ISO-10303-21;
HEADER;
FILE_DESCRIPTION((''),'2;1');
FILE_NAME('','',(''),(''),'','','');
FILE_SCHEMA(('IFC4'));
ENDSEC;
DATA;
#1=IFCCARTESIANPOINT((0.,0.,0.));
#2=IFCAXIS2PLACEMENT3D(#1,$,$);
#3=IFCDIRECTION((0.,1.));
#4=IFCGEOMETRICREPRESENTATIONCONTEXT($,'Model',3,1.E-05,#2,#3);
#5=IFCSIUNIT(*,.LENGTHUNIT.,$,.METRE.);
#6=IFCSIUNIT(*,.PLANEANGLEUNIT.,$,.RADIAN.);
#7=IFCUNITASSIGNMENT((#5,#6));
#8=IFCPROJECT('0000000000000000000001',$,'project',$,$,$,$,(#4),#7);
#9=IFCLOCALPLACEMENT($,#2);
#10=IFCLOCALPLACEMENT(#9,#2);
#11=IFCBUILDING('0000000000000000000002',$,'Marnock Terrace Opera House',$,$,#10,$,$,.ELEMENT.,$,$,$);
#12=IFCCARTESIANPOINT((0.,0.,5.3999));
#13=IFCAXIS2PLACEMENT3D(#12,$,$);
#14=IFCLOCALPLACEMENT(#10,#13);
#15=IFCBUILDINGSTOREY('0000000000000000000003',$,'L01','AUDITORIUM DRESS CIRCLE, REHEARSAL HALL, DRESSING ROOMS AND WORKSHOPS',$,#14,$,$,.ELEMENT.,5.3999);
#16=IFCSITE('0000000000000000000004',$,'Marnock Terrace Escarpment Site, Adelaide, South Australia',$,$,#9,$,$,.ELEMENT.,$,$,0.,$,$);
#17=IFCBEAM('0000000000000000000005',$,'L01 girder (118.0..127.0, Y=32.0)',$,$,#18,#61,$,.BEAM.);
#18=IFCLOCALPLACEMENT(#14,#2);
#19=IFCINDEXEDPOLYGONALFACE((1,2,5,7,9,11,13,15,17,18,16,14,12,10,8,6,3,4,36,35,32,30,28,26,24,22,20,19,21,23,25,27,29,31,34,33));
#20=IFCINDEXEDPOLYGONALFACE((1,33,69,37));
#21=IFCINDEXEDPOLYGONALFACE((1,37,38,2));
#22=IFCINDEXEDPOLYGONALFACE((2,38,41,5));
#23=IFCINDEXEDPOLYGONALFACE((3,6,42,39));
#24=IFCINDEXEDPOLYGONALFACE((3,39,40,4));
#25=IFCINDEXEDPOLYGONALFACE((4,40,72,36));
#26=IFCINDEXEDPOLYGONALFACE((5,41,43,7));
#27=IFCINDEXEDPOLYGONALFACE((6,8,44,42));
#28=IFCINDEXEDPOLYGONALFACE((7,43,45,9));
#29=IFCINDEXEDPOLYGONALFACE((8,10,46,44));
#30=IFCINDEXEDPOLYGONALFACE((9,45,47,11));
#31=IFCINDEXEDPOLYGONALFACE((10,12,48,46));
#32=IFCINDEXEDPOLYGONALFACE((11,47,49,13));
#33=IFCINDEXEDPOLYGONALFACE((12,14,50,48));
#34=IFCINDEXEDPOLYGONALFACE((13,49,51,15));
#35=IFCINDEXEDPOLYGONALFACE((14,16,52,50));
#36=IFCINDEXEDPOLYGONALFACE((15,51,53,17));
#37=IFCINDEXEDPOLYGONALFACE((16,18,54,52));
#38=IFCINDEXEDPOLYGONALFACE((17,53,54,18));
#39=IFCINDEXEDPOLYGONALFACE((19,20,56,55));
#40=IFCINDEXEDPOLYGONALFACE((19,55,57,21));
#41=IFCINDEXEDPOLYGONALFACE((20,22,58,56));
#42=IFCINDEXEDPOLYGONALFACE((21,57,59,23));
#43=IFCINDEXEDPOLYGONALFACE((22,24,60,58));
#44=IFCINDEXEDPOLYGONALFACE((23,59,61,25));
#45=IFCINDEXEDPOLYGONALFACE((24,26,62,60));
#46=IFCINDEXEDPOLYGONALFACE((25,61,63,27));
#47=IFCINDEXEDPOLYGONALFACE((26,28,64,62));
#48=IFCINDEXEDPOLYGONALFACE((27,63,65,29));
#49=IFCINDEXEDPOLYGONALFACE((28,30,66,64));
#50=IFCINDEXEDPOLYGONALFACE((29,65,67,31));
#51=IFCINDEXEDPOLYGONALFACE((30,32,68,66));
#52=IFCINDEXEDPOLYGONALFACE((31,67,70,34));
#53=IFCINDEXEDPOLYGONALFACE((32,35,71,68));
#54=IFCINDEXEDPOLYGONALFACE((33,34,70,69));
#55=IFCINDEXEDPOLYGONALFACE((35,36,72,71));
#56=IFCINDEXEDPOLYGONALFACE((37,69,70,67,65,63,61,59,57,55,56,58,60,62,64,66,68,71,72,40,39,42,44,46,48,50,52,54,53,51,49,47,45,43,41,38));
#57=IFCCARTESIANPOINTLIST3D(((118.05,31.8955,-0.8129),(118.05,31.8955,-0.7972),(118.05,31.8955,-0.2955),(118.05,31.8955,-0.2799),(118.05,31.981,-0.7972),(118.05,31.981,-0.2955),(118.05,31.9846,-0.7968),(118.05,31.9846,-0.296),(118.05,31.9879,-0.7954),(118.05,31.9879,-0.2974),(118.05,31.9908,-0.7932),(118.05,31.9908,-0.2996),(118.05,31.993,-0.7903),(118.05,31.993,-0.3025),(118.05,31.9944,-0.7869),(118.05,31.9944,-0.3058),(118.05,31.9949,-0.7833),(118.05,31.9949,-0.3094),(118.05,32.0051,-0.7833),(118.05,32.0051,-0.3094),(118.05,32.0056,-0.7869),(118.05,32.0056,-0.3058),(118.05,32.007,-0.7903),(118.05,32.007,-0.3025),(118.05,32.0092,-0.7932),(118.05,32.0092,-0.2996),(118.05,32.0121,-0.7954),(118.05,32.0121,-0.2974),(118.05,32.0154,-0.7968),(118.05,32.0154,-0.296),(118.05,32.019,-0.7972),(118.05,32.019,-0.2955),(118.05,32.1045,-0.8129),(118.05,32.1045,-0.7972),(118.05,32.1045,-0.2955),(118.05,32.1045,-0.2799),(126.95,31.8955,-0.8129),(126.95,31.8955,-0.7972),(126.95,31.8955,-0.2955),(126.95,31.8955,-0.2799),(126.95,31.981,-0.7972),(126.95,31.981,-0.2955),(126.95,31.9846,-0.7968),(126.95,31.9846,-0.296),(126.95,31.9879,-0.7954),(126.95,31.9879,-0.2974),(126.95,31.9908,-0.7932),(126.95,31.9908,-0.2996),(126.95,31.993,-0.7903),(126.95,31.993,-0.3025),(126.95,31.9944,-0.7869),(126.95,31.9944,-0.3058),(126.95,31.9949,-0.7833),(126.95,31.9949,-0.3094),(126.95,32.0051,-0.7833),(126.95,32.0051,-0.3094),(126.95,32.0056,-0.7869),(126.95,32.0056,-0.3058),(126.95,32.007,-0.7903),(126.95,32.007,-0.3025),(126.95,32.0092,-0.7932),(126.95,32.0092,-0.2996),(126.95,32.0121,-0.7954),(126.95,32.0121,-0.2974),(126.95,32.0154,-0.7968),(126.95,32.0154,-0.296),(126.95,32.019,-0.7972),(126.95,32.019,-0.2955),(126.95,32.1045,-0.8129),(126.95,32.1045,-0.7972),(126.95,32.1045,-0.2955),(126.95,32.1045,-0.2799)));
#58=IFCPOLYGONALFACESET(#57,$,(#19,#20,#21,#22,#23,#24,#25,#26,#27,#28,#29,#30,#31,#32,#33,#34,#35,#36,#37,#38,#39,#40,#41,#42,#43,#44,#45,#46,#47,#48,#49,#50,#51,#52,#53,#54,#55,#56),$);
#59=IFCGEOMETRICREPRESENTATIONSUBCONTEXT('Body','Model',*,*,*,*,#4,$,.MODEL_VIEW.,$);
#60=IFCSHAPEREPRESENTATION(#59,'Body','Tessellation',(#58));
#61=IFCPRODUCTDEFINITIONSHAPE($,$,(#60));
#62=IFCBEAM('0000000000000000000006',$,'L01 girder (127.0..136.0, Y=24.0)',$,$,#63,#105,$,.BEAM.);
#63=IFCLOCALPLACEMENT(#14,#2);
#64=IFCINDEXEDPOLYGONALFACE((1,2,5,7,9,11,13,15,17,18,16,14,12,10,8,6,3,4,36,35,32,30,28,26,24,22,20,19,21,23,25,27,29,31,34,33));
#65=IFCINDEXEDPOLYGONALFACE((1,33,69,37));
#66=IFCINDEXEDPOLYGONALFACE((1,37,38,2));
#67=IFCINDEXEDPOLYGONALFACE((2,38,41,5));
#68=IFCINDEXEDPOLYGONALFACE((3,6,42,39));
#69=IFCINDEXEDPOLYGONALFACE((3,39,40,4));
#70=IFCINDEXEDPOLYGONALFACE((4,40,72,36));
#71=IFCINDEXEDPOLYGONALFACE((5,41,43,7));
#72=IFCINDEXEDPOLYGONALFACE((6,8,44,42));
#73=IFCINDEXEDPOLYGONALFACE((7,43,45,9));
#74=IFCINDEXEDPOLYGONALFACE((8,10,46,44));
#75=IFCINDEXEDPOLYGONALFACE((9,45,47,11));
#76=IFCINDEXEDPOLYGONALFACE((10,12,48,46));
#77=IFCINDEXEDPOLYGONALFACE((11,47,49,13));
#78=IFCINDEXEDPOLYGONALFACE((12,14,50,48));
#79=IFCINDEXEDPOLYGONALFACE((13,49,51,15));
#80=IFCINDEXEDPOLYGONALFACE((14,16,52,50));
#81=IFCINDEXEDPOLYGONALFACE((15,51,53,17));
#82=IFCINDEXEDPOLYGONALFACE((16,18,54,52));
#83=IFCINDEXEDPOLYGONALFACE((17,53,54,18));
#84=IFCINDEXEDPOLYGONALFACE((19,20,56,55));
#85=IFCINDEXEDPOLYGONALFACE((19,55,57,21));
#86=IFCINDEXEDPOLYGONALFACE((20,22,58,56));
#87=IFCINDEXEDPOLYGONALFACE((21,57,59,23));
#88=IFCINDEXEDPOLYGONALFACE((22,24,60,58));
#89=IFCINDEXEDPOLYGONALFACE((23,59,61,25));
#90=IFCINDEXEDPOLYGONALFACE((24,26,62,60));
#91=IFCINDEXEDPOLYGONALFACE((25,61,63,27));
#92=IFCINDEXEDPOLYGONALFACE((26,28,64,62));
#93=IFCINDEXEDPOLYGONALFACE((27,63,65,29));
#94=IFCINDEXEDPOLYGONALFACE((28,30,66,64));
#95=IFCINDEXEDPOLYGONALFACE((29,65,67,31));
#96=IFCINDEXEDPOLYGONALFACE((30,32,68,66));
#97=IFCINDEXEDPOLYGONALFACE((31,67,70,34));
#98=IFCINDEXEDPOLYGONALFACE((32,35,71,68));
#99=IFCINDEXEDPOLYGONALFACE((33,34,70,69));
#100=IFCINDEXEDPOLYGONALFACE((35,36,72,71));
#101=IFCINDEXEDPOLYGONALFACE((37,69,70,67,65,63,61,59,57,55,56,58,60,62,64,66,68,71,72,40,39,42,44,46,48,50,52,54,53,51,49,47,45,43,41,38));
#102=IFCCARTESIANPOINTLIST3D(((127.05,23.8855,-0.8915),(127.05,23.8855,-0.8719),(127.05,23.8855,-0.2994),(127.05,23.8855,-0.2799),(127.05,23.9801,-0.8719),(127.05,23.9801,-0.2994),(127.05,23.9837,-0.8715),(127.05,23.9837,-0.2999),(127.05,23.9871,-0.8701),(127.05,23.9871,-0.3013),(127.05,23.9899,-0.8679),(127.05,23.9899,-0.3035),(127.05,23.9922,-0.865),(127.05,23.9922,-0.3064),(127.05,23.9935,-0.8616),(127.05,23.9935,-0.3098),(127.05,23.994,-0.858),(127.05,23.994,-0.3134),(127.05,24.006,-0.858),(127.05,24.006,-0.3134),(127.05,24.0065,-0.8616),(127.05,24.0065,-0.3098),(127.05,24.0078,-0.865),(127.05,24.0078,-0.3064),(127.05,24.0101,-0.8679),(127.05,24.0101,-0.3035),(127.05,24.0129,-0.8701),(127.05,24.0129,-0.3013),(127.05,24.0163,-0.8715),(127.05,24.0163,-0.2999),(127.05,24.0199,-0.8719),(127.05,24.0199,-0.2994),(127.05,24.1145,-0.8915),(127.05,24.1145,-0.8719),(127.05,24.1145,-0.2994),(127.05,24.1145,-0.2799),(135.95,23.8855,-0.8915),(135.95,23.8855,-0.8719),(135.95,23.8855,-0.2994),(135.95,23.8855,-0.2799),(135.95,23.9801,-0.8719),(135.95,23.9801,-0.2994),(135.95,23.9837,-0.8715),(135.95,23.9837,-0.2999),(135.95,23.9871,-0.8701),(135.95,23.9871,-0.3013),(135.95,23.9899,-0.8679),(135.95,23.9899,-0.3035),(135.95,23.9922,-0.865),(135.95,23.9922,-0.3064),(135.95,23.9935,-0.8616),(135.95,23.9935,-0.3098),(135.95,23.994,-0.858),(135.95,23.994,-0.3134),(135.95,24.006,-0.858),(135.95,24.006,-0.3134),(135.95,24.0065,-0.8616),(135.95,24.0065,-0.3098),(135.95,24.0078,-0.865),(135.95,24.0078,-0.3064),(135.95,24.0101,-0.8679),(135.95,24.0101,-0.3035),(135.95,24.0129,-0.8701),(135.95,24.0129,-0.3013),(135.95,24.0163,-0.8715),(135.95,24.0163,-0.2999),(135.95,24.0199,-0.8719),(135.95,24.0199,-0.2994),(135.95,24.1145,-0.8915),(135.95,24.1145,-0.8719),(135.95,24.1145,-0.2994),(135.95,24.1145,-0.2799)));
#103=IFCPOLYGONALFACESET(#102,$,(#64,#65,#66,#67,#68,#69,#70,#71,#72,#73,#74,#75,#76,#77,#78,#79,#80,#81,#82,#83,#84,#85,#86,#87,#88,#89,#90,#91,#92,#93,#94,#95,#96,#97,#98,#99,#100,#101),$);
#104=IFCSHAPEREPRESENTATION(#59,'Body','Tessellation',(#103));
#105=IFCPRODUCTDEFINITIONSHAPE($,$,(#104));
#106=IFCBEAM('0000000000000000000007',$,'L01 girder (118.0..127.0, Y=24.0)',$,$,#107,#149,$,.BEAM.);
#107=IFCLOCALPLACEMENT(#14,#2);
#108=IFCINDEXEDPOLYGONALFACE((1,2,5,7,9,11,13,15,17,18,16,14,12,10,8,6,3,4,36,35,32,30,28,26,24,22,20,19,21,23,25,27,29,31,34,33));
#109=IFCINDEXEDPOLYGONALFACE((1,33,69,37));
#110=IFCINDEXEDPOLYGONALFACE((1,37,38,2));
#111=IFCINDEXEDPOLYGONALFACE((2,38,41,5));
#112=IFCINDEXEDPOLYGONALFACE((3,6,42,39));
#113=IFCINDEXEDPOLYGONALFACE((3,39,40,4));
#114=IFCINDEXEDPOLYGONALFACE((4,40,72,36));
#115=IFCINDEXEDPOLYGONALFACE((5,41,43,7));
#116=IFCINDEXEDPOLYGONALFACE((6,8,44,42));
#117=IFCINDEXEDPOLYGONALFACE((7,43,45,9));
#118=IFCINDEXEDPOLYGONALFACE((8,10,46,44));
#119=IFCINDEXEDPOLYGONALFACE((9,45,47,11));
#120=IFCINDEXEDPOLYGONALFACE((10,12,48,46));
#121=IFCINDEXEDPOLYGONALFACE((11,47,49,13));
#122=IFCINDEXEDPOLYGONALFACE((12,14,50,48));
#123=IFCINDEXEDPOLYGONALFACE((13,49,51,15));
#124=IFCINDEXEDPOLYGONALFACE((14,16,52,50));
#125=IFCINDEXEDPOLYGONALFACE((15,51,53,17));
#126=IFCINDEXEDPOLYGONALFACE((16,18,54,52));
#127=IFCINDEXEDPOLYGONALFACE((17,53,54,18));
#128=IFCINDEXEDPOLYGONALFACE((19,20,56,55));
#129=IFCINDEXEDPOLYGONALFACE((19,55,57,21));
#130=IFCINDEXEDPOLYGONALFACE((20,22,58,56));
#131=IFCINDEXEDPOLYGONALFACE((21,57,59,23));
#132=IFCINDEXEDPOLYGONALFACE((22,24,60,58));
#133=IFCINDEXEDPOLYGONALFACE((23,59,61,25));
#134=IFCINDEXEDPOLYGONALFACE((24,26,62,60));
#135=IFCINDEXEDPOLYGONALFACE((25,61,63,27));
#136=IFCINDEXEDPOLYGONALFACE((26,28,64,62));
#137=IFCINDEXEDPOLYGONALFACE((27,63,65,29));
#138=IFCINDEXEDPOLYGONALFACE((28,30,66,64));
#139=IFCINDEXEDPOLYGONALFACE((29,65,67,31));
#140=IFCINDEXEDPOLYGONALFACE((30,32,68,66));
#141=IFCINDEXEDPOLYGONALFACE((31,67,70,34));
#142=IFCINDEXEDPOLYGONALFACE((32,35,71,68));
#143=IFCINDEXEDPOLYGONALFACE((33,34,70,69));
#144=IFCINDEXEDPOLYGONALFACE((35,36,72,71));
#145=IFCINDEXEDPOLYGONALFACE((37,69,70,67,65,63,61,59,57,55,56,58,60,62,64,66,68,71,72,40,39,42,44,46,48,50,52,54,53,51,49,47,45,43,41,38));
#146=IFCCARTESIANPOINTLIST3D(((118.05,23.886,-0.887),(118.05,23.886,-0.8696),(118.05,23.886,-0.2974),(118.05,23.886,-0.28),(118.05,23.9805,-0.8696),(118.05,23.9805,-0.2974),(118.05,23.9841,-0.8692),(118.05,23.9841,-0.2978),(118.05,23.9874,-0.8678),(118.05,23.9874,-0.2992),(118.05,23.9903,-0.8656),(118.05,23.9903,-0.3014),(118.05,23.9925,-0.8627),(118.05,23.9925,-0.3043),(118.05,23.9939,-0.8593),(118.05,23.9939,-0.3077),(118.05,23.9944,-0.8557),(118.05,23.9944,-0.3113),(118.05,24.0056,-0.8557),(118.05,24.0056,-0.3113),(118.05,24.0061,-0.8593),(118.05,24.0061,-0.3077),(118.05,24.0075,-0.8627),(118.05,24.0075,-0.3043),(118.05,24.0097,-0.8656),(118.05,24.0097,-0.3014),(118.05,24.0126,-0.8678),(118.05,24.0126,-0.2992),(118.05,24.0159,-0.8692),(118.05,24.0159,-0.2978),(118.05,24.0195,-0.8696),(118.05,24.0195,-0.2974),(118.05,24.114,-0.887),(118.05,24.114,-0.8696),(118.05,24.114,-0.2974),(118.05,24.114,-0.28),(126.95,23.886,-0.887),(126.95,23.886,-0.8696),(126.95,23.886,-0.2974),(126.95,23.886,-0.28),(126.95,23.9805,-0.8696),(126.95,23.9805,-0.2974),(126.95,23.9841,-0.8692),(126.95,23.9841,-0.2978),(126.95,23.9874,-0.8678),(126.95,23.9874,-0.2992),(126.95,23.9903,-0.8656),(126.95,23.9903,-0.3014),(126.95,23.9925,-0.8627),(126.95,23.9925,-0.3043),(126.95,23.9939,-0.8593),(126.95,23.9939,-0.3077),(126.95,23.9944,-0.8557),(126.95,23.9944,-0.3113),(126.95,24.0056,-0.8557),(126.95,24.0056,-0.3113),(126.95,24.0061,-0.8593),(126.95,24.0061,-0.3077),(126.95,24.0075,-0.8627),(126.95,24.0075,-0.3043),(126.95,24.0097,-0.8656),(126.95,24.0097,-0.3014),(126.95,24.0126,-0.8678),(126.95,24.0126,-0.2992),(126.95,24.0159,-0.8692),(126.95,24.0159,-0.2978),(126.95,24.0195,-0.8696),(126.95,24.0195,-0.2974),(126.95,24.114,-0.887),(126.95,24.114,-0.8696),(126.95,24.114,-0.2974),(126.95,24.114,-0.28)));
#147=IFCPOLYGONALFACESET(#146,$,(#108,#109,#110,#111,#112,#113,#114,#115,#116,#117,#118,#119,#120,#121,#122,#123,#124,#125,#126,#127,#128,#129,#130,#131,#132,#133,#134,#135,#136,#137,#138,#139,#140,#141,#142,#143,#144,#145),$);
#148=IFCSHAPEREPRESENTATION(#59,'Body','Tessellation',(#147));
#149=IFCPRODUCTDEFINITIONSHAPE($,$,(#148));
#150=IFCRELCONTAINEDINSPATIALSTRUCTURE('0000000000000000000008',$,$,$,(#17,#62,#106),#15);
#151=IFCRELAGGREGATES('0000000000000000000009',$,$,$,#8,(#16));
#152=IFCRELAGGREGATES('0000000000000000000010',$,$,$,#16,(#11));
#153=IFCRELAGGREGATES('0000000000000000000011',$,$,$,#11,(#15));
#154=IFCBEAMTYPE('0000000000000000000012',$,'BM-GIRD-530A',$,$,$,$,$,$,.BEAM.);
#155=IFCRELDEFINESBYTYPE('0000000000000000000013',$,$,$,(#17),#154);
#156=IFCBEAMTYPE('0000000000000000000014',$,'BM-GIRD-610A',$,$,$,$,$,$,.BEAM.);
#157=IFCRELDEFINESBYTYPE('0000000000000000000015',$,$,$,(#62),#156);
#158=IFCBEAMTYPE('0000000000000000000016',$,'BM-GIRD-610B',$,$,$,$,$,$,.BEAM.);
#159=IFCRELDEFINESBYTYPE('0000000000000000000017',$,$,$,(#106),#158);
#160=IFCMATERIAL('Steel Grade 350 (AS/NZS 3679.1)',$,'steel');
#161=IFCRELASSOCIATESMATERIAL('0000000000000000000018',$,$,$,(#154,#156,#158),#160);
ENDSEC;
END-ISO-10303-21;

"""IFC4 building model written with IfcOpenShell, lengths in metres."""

from ifc_helpers import new_model, si_unit, direction, frame, origin, origin_2d, place, context, subcontext, project, spatial, i_section, extrude, material, material_profile, profile_set, type_object, element, save


model = new_model("IFC4")

# Units and contexts
model_context = context("Model", 3, precision=1e-05, world=origin(), true_north=direction((0.0, 1.0)))
body_context = subcontext(model_context, "Body", "Model", "MODEL_VIEW")
ifc_project = project(units=[si_unit("LENGTHUNIT", "METRE"), si_unit("PLANEANGLEUNIT", "RADIAN")], contexts=[model_context])

# Site, building, storey
site_placement = place(None, origin())
site = spatial("IfcSite", under=ifc_project, at=site_placement, Name="Marnock Terrace Escarpment Site, Adelaide, South Australia", CompositionType="ELEMENT", RefElevation=0.0)
building_placement = place(site_placement, origin())
building = spatial("IfcBuilding", under=site, at=building_placement, Name="Marnock Terrace Opera House", CompositionType="ELEMENT")
storey_placement = place(building_placement, frame((0.0, 0.0, 5.3999)))
storey = spatial("IfcBuildingStorey", under=building, at=storey_placement, Name="L01", Description="AUDITORIUM DRESS CIRCLE, REHEARSAL HALL, DRESSING ROOMS AND WORKSHOPS", CompositionType="ELEMENT", Elevation=5.3999)

# Beams
ifc_material_1 = material(Name="Steel Grade 350 (AS/NZS 3679.1)", Category="steel")
ifc_material_profile_1 = material_profile(ifc_material_1, i_section(OverallWidth=0.209, OverallDepth=0.533, WebThickness=0.0103, FlangeThickness=0.0156, FilletRadius=0.0139, at=origin_2d()))
ifc_profile_set_1 = profile_set([ifc_material_profile_1], Name="Steel Grade 350 (AS/NZS 3679.1)")
beam_type_1 = type_object("IfcBeamType", Name="BM-GIRD-530A", PredefinedType="BEAM", material=ifc_profile_set_1)
beam_1_placement = place(storey_placement, frame((118.05, 32.0, -0.5464), z_axis=(1.0, 0.0, 0.0), x_axis=(0.0, 1.0, 0.0)))
element("IfcBeam", 1, at=beam_1_placement, inside=storey, type_object=beam_type_1, Name="L01 girder (118.0..127.0, Y=32.0)", PredefinedType="BEAM", context=body_context, shape_type="SweptSolid", body=[
    extrude(i_section(OverallWidth=0.209, OverallDepth=0.533, WebThickness=0.0103, FlangeThickness=0.0156, FilletRadius=0.0139, at=origin_2d()), origin(), (0.0, 0.0, 1.0), 8.8999),
])
ifc_material_profile_2 = material_profile(ifc_material_1, i_section(OverallWidth=0.229, OverallDepth=0.6116, WebThickness=0.012, FlangeThickness=0.0195, FilletRadius=0.0139, at=origin_2d()))
ifc_profile_set_2 = profile_set([ifc_material_profile_2], Name="Steel Grade 350 (AS/NZS 3679.1)")
beam_type_2 = type_object("IfcBeamType", Name="BM-GIRD-610A", PredefinedType="BEAM", material=ifc_profile_set_2)
beam_2_placement = place(storey_placement, frame((127.05, 24.0, -0.5857), z_axis=(1.0, 0.0, 0.0), x_axis=(0.0, 1.0, 0.0)))
element("IfcBeam", 2, at=beam_2_placement, inside=storey, type_object=beam_type_2, Name="L01 girder (127.0..136.0, Y=24.0)", PredefinedType="BEAM", context=body_context, shape_type="SweptSolid", body=[
    extrude(i_section(OverallWidth=0.229, OverallDepth=0.6116, WebThickness=0.012, FlangeThickness=0.0195, FilletRadius=0.0139, at=origin_2d()), origin(), (0.0, 0.0, 1.0), 8.8999),
])
ifc_material_profile_3 = material_profile(ifc_material_1, i_section(OverallWidth=0.228, OverallDepth=0.6069, WebThickness=0.0112, FlangeThickness=0.0173, FilletRadius=0.0139, at=origin_2d()))
ifc_profile_set_3 = profile_set([ifc_material_profile_3], Name="Steel Grade 350 (AS/NZS 3679.1)")
beam_type_3 = type_object("IfcBeamType", Name="BM-GIRD-610B", PredefinedType="BEAM", material=ifc_profile_set_3)
beam_3_placement = place(storey_placement, frame((118.05, 24.0, -0.5835), z_axis=(1.0, 0.0, 0.0), x_axis=(0.0, 1.0, 0.0)))
element("IfcBeam", 3, at=beam_3_placement, inside=storey, type_object=beam_type_3, Name="L01 girder (118.0..127.0, Y=24.0)", PredefinedType="BEAM", context=body_context, shape_type="SweptSolid", body=[
    extrude(i_section(OverallWidth=0.228, OverallDepth=0.6069, WebThickness=0.0112, FlangeThickness=0.0173, FilletRadius=0.0139, at=origin_2d()), origin(), (0.0, 0.0, 1.0), 8.8999),
])

save(model, "model.ifc")
